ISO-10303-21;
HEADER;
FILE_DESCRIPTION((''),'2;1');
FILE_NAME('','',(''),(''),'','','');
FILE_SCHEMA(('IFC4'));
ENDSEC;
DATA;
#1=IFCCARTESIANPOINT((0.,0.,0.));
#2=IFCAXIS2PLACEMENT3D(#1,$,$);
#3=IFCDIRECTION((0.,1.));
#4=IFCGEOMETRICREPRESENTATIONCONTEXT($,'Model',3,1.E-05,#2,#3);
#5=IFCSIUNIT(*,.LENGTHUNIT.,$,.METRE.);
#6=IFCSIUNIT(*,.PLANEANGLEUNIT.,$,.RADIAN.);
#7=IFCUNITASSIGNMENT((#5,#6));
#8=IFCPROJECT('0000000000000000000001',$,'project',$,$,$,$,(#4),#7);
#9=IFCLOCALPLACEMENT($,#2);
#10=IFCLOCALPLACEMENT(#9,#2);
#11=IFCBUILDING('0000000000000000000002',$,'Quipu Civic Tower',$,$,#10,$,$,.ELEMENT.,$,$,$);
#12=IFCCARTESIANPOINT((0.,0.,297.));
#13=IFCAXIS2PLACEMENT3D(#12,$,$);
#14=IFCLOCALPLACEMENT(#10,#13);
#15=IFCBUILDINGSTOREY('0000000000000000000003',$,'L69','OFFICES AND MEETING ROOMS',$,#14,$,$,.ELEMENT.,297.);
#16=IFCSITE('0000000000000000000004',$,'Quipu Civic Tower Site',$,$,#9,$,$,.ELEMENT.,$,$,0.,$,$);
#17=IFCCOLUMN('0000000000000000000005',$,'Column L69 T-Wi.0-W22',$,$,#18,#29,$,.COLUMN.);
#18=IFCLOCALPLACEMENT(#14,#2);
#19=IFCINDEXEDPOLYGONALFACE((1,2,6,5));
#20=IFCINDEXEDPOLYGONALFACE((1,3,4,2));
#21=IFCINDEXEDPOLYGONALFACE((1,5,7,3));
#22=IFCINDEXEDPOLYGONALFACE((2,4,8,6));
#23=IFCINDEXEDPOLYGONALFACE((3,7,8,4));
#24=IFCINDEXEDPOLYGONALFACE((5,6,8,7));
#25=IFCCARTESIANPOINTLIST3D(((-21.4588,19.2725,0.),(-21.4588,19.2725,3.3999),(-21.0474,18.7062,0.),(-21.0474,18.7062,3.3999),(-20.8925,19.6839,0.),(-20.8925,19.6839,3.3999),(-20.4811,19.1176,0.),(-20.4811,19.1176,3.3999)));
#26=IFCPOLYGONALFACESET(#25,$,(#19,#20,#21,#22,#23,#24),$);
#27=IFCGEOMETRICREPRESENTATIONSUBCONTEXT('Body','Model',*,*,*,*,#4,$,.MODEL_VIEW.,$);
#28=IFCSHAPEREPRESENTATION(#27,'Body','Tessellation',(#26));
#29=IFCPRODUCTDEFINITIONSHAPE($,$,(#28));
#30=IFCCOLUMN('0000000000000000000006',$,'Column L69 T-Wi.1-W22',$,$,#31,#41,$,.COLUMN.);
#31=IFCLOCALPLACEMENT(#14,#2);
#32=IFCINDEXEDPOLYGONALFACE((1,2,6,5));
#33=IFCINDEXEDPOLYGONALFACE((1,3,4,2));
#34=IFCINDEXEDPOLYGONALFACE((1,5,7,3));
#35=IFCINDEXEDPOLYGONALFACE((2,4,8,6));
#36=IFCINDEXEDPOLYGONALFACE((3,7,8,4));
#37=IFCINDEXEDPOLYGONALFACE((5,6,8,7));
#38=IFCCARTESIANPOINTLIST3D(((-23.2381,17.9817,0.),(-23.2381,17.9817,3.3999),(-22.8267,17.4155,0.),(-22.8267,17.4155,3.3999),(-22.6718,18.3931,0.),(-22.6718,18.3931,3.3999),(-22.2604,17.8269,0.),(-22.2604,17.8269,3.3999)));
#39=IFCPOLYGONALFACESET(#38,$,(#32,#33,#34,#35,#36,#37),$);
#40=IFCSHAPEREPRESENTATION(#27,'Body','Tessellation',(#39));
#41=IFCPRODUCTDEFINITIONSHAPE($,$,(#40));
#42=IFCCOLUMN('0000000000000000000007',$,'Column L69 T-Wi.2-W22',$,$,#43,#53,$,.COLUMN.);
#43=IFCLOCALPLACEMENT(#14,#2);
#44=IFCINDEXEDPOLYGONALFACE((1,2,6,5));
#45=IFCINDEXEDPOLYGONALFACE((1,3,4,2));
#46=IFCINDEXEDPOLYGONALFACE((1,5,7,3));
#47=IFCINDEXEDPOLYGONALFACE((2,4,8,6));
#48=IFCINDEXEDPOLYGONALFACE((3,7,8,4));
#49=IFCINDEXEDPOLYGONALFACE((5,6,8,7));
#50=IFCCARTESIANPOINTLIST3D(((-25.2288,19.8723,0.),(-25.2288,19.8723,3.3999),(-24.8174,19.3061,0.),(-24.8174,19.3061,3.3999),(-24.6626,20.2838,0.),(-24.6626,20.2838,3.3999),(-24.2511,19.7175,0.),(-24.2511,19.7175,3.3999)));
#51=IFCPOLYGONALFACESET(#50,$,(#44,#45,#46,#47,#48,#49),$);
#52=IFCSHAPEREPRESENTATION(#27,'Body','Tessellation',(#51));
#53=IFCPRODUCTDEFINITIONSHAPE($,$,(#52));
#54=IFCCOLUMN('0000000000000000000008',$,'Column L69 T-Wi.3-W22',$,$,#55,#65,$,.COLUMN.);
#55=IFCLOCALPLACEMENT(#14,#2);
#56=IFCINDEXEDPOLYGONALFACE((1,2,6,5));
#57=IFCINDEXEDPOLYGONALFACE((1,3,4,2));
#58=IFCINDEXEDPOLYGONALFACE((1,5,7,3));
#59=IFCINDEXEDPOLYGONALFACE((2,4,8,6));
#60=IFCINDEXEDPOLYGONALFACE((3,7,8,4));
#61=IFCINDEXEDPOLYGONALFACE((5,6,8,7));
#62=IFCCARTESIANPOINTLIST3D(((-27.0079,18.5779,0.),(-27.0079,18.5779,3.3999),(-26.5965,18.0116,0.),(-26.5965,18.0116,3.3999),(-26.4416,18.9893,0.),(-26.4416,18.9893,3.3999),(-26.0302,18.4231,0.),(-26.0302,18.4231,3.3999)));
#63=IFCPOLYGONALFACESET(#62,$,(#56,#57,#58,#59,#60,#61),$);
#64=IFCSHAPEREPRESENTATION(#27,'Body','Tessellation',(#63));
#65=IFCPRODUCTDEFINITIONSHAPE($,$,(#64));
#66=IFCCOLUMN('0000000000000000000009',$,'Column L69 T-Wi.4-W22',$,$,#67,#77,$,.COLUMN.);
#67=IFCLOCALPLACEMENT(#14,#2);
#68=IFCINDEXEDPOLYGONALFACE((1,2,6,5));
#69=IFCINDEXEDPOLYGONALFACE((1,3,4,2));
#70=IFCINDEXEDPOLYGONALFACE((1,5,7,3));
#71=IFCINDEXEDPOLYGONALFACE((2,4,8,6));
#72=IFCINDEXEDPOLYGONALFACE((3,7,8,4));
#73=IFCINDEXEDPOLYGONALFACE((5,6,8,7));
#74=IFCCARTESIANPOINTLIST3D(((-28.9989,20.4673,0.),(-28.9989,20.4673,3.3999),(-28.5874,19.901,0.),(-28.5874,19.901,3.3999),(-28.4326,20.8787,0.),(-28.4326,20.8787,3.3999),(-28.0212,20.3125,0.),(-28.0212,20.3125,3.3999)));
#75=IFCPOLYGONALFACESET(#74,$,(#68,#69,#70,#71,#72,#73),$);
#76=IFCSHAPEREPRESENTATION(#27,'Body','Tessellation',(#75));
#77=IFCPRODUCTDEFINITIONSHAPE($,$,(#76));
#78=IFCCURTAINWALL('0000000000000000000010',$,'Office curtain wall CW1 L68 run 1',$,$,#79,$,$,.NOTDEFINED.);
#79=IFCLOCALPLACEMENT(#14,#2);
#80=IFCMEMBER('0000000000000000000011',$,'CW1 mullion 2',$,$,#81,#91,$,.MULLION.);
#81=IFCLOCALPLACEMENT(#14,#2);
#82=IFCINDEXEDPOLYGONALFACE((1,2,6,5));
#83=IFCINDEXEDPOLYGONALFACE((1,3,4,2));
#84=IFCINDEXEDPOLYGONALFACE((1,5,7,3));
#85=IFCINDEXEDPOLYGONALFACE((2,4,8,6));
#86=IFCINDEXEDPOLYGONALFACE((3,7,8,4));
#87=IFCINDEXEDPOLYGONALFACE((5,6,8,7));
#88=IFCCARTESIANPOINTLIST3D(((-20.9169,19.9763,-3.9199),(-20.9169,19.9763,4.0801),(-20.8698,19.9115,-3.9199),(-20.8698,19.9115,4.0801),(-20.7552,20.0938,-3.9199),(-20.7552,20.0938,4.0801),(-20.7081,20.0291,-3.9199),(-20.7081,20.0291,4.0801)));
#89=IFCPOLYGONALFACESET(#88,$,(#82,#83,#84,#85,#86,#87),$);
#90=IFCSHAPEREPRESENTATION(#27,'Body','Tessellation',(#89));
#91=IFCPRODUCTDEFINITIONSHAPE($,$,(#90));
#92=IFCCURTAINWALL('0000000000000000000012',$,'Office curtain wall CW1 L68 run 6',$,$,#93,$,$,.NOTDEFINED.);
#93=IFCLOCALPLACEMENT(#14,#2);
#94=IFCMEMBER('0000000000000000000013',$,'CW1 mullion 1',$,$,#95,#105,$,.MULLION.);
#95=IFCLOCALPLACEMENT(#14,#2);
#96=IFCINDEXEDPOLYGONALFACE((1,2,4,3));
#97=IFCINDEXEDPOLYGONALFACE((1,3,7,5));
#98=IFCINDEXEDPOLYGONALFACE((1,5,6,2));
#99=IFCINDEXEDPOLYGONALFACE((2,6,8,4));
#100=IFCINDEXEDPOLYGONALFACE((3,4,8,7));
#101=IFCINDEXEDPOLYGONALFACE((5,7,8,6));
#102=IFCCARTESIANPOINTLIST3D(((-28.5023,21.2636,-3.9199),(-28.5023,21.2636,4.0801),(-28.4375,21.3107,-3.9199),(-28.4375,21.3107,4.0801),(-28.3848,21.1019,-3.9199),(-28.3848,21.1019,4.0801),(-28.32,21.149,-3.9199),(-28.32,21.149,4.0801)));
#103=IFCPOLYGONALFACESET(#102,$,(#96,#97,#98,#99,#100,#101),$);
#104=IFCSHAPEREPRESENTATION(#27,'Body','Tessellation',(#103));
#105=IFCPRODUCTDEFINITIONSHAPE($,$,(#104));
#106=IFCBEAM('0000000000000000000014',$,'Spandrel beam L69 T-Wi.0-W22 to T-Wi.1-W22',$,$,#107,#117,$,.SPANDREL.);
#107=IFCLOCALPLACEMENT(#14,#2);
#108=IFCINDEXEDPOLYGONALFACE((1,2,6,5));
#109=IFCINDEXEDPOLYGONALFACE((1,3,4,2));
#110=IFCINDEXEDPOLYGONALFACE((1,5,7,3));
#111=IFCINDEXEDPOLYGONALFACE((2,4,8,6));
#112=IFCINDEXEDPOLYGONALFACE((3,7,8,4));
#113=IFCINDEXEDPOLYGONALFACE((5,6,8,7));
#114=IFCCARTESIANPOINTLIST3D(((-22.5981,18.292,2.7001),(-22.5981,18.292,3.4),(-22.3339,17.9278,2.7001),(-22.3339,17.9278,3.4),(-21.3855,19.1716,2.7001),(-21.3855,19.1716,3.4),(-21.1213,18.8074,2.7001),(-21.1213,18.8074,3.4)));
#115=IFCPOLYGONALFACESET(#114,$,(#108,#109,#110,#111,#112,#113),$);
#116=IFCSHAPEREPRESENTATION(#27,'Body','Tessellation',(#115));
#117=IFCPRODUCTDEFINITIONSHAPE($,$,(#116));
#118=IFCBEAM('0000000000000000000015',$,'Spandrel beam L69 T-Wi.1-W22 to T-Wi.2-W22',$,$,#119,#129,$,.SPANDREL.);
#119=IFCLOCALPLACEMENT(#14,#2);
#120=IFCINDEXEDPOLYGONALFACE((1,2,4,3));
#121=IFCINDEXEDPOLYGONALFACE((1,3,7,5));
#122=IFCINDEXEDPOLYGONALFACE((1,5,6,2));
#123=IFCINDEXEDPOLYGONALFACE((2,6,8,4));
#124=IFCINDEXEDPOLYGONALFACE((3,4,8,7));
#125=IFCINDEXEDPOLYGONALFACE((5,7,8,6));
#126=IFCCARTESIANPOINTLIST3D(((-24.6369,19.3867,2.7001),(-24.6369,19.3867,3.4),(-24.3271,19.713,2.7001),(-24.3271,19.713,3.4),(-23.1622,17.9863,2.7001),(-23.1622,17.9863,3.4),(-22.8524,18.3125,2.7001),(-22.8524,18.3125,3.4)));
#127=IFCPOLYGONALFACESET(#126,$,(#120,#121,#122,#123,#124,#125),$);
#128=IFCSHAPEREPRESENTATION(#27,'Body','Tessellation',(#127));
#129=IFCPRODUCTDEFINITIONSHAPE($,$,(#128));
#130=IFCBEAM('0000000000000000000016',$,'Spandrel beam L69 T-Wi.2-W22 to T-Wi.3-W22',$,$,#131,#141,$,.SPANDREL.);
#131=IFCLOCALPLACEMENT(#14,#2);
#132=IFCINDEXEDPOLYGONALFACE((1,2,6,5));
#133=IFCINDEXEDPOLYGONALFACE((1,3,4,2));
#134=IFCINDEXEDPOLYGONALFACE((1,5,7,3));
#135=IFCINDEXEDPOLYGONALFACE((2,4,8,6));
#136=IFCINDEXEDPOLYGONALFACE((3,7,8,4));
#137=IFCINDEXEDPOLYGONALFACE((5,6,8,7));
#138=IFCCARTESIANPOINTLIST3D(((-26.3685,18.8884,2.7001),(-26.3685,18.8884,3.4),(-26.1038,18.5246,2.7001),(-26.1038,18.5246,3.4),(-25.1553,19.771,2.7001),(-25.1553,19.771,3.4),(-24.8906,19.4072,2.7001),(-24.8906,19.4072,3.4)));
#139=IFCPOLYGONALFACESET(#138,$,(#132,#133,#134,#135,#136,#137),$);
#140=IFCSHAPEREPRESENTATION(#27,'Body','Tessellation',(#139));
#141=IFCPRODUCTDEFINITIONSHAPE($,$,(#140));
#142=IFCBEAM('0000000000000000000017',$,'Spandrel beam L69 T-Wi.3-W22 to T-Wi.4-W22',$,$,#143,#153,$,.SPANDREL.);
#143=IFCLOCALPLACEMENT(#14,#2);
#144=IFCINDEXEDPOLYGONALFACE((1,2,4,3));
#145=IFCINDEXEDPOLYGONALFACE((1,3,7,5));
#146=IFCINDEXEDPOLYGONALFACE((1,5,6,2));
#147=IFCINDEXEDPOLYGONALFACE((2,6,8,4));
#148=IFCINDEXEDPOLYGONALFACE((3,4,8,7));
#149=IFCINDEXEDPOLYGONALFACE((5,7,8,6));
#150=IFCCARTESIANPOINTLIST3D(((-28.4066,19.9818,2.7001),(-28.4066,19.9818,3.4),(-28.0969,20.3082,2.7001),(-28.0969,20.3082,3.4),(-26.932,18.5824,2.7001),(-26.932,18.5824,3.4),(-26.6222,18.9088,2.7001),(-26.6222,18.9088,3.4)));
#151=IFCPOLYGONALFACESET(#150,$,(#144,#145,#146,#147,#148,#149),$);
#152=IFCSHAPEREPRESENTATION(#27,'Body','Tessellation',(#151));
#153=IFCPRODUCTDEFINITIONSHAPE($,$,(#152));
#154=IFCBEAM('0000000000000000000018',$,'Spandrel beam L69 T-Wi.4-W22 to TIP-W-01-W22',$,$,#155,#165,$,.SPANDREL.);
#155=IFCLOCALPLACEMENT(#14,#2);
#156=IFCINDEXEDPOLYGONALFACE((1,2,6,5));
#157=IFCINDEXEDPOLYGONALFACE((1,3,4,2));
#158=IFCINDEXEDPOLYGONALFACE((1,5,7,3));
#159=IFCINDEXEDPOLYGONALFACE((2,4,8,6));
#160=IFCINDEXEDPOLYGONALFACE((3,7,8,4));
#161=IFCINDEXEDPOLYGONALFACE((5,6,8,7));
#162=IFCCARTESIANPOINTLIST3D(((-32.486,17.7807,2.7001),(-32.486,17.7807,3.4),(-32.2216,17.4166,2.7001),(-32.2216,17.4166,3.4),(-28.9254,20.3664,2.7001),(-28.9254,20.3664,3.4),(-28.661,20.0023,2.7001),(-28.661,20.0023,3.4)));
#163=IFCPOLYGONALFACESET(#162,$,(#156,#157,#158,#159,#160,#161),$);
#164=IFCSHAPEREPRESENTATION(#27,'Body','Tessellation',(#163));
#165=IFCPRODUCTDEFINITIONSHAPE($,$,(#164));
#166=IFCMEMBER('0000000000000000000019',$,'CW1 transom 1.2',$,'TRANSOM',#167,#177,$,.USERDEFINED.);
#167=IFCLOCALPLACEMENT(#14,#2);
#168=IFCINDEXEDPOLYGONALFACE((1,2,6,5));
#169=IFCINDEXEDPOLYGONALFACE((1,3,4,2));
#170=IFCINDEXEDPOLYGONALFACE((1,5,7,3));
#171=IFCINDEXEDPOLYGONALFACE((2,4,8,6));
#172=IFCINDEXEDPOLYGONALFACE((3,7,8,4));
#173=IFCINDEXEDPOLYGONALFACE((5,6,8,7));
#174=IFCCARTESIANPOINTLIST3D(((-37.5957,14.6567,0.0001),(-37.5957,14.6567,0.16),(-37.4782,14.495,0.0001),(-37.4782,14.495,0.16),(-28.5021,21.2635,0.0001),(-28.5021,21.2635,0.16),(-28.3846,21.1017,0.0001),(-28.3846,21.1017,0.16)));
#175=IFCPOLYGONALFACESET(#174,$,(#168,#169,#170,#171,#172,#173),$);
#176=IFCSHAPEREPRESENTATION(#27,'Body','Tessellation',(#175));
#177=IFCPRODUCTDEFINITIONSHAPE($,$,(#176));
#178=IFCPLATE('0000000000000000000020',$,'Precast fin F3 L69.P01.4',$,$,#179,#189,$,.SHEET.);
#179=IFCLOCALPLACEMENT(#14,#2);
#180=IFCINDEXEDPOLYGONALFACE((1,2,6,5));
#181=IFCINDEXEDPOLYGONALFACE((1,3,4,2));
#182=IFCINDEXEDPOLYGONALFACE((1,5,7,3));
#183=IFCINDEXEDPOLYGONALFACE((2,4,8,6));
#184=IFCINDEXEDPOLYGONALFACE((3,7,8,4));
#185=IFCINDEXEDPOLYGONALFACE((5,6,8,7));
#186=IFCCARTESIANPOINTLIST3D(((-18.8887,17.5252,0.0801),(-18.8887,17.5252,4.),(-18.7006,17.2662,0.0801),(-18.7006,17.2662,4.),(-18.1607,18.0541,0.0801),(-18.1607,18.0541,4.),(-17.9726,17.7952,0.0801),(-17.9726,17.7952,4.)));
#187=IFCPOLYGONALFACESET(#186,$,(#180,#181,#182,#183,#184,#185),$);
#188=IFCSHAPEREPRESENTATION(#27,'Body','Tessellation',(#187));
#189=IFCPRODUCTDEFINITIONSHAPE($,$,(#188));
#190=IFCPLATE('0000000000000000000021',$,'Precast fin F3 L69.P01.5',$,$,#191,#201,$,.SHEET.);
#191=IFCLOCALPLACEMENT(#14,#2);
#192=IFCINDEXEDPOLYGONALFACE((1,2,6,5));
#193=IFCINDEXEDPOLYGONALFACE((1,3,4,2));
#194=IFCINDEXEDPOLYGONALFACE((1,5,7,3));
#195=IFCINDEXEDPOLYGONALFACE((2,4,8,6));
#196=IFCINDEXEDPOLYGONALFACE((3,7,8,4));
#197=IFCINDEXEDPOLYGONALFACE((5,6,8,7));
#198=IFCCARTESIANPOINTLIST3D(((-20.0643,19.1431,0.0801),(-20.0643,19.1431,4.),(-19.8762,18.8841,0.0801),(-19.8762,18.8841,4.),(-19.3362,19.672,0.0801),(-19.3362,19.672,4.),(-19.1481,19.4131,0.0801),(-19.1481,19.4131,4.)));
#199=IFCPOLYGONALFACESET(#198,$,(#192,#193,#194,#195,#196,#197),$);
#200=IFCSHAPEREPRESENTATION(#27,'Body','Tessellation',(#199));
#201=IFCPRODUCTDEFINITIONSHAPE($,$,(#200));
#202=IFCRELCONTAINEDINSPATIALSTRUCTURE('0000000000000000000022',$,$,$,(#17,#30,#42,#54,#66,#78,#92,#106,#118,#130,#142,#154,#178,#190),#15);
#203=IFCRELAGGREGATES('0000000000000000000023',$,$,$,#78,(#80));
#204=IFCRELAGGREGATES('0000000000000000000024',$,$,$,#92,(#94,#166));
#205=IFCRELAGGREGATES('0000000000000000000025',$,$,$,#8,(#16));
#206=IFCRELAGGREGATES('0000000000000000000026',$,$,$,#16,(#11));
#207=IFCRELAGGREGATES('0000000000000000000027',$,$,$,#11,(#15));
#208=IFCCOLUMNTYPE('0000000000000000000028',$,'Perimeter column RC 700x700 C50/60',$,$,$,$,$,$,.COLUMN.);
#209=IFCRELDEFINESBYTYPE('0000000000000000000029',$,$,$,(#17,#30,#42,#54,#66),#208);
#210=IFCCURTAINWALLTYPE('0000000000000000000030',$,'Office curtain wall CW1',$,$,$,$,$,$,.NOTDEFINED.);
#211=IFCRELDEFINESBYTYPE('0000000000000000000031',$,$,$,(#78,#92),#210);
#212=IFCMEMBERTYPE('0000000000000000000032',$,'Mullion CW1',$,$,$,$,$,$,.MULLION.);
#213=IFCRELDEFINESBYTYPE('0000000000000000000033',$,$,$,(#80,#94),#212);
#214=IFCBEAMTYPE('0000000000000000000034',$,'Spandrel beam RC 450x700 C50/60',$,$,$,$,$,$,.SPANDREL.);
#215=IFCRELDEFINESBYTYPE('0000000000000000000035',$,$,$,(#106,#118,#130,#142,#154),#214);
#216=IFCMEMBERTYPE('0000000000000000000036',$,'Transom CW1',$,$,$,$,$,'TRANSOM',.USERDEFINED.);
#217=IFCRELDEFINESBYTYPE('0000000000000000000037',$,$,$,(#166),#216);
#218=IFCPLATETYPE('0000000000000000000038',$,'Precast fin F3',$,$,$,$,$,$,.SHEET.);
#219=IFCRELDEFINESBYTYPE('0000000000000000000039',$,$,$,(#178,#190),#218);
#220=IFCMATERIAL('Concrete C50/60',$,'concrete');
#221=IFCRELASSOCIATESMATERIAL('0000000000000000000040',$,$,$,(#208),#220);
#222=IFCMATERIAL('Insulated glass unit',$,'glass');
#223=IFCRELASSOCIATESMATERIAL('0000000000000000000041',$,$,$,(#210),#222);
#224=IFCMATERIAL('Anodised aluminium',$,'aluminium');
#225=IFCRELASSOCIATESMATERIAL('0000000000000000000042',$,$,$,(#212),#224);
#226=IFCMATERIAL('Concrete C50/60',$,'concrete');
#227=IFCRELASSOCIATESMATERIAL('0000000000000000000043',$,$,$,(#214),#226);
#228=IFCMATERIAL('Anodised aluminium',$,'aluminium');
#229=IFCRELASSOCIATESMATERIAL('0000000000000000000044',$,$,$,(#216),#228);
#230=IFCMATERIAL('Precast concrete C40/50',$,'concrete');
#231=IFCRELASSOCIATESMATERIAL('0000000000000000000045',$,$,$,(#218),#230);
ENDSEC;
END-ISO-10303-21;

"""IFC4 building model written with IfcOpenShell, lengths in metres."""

from ifc_helpers import new_model, si_unit, direction, frame, origin, origin_2d, place, context, subcontext, project, spatial, rectangle, extrude, material, material_profile, profile_set, type_object, element, aggregate, save


model = new_model("IFC4")

# Units and contexts
model_context = context("Model", 3, precision=1e-05, world=origin(), true_north=direction((0.0, 1.0)))
body_context = subcontext(model_context, "Body", "Model", "MODEL_VIEW")
ifc_project = project(units=[si_unit("LENGTHUNIT", "METRE"), si_unit("PLANEANGLEUNIT", "RADIAN")], contexts=[model_context])

# Site, building, storey
site_placement = place(None, origin())
site = spatial("IfcSite", under=ifc_project, at=site_placement, Name="Quipu Civic Tower Site", CompositionType="ELEMENT", RefElevation=0.0)
building_placement = place(site_placement, origin())
building = spatial("IfcBuilding", under=site, at=building_placement, Name="Quipu Civic Tower", CompositionType="ELEMENT")
storey_placement = place(building_placement, frame((0.0, 0.0, 297.0)))
storey = spatial("IfcBuildingStorey", under=building, at=storey_placement, Name="L69", Description="OFFICES AND MEETING ROOMS", CompositionType="ELEMENT", Elevation=297.0)

# Columns
ifc_material_1 = material(Name="Concrete C50/60", Category="concrete")
ifc_material_profile_1 = material_profile(ifc_material_1, rectangle(XDim=0.7, YDim=0.7, at=origin_2d()), Name="RC700x700")
ifc_profile_set_1 = profile_set([ifc_material_profile_1], Name="Concrete C50/60")
column_type = type_object("IfcColumnType", Name="Perimeter column RC 700x700 C50/60", PredefinedType="COLUMN", material=ifc_profile_set_1)
for number, where, z_axis, x_axis, name in (
    (1, (-20.97, 19.1951, 0.0), (0.0, 0.0, 1.0), (-0.587785, 0.809017, 0.0), "Column L69 T-Wi.0-W22"),
    (2, (-22.7493, 17.9043, 0.0), (0.0, 0.0, 1.0), (-0.587785, 0.809017, 0.0), "Column L69 T-Wi.1-W22"),
    (3, (-24.74, 19.7949, 0.0), (0.0, 0.0, 1.0), (-0.587785, 0.809017, 0.0), "Column L69 T-Wi.2-W22"),
    (4, (-26.519, 18.5005, 0.0), (0.0, 0.0, 1.0), (-0.587785, 0.809017, 0.0), "Column L69 T-Wi.3-W22"),
    (5, (-28.51, 20.3899, 0.0), (0.0, 0.0, 1.0), (-0.809017, -0.587785, 0.0), "Column L69 T-Wi.4-W22"),
):
    element("IfcColumn", number, at=place(storey_placement, frame(where, z_axis=z_axis, x_axis=x_axis)), inside=storey, type_object=column_type, Name=name, PredefinedType="COLUMN", context=body_context, shape_type="SweptSolid", body=[
        extrude(rectangle(XDim=0.7, YDim=0.7, at=origin_2d()), origin(), (0.0, 0.0, 1.0), 3.3999),
    ])

# Curtain walls, members
ifc_material_2 = material(Name="Insulated glass unit", Category="glass")
curtain_wall_type = type_object("IfcCurtainWallType", Name="Office curtain wall CW1", PredefinedType="NOTDEFINED", material=ifc_material_2)
curtain_wall_1_placement = place(storey_placement, origin())
curtain_wall_1 = element("IfcCurtainWall", 6, at=curtain_wall_1_placement, inside=storey, type_object=curtain_wall_type, Name="Office curtain wall CW1 L68 run 1", PredefinedType="NOTDEFINED")
ifc_material_3 = material(Name="Anodised aluminium", Category="aluminium")
ifc_material_profile_2 = material_profile(ifc_material_3, rectangle(XDim=0.2, YDim=0.0801, at=origin_2d()), Name="RECT 200x80")
ifc_profile_set_2 = profile_set([ifc_material_profile_2], Name="Anodised aluminium")
member_type_1 = type_object("IfcMemberType", Name="Mullion CW1", PredefinedType="MULLION", material=ifc_profile_set_2)
member_1_placement = place(storey_placement, frame((-20.8125, 20.0027, -3.9199), z_axis=(0.0, 0.0, 1.0), x_axis=(-0.809015, -0.587788, 0.0)))
member_1 = element("IfcMember", 7, at=member_1_placement, type_object=member_type_1, Name="CW1 mullion 2", PredefinedType="MULLION", context=body_context, shape_type="SweptSolid", body=[
    extrude(rectangle(XDim=0.2, YDim=0.0801, at=origin_2d()), origin(), (0.0, 0.0, 1.0), 8.0),
])
aggregate(curtain_wall_1, [member_1])
curtain_wall_2_placement = place(storey_placement, origin())
curtain_wall_2 = element("IfcCurtainWall", 8, at=curtain_wall_2_placement, inside=storey, type_object=curtain_wall_type, Name="Office curtain wall CW1 L68 run 6", PredefinedType="NOTDEFINED")
member_2_placement = place(storey_placement, frame((-28.4111, 21.2063, -3.9199), z_axis=(0.0, 0.0, 1.0), x_axis=(0.587788, -0.809015, 0.0)))
member_2 = element("IfcMember", 9, at=member_2_placement, type_object=member_type_1, Name="CW1 mullion 1", PredefinedType="MULLION", context=body_context, shape_type="SweptSolid", body=[
    extrude(rectangle(XDim=0.2, YDim=0.0801, at=origin_2d()), origin(), (0.0, 0.0, 1.0), 8.0),
])

# Beams
ifc_material_4 = material(Name="Concrete C50/60", Category="concrete")
ifc_material_profile_3 = material_profile(ifc_material_4, rectangle(XDim=0.45, YDim=0.7, at=origin_2d()), Name="RC450x700")
ifc_profile_set_3 = profile_set([ifc_material_profile_3], Name="Concrete C50/60")
beam_type = type_object("IfcBeamType", Name="Spandrel beam RC 450x700 C50/60", PredefinedType="SPANDREL", material=ifc_profile_set_3)
beam_1_placement = place(storey_placement, frame((-21.2534, 18.9895, 3.05), z_axis=(-0.809461, -0.587173, 0.0), x_axis=(0.587173, -0.809461, 0.0)))
element("IfcBeam", 10, at=beam_1_placement, inside=storey, type_object=beam_type, Name="Spandrel beam L69 T-Wi.0-W22 to T-Wi.1-W22", PredefinedType="SPANDREL", context=body_context, shape_type="SweptSolid", body=[
    extrude(rectangle(XDim=0.45, YDim=0.7, at=origin_2d()), origin(), (0.0, 0.0, 1.0), 1.498),
])
beam_2_placement = place(storey_placement, frame((-23.0073, 18.1494, 3.05), z_axis=(-0.725119, 0.688623, 0.0), x_axis=(-0.688623, -0.725119, 0.0)))
element("IfcBeam", 11, at=beam_2_placement, inside=storey, type_object=beam_type, Name="Spandrel beam L69 T-Wi.1-W22 to T-Wi.2-W22", PredefinedType="SPANDREL", context=body_context, shape_type="SweptSolid", body=[
    extrude(rectangle(XDim=0.45, YDim=0.7, at=origin_2d()), origin(), (0.0, 0.0, 1.0), 2.0337),
])
beam_3_placement = place(storey_placement, frame((-25.0229, 19.5891, 3.05), z_axis=(-0.808645, -0.588297, 0.0), x_axis=(0.588297, -0.808645, 0.0)))
element("IfcBeam", 12, at=beam_3_placement, inside=storey, type_object=beam_type, Name="Spandrel beam L69 T-Wi.2-W22 to T-Wi.3-W22", PredefinedType="SPANDREL", context=body_context, shape_type="SweptSolid", body=[
    extrude(rectangle(XDim=0.45, YDim=0.7, at=origin_2d()), origin(), (0.0, 0.0, 1.0), 1.5002),
])
beam_4_placement = place(storey_placement, frame((-26.7771, 18.7456, 3.05), z_axis=(-0.725359, 0.688371, 0.0), x_axis=(-0.688371, -0.725359, 0.0)))
element("IfcBeam", 13, at=beam_4_placement, inside=storey, type_object=beam_type, Name="Spandrel beam L69 T-Wi.3-W22 to T-Wi.4-W22", PredefinedType="SPANDREL", context=body_context, shape_type="SweptSolid", body=[
    extrude(rectangle(XDim=0.45, YDim=0.7, at=origin_2d()), origin(), (0.0, 0.0, 1.0), 2.033),
])
beam_5_placement = place(storey_placement, frame((-28.7932, 20.1843, 3.05), z_axis=(-0.809146, -0.587607, 0.0), x_axis=(0.587607, -0.809146, 0.0)))
element("IfcBeam", 14, at=beam_5_placement, inside=storey, type_object=beam_type, Name="Spandrel beam L69 T-Wi.4-W22 to TIP-W-01-W22", PredefinedType="SPANDREL", context=body_context, shape_type="SweptSolid", body=[
    extrude(rectangle(XDim=0.45, YDim=0.7, at=origin_2d()), origin(), (0.0, 0.0, 1.0), 4.4004),
])

# Member
ifc_material_5 = material(Name="Anodised aluminium", Category="aluminium")
ifc_material_profile_4 = material_profile(ifc_material_5, rectangle(XDim=0.2, YDim=0.1599, at=origin_2d()), Name="RECT 200x160")
ifc_profile_set_4 = profile_set([ifc_material_profile_4], Name="Anodised aluminium")
member_type_2 = type_object("IfcMemberType", Name="Transom CW1", ElementType="TRANSOM", PredefinedType="USERDEFINED", material=ifc_profile_set_4)
member_3_placement = place(storey_placement, frame((-28.4434, 21.1826, 0.0801), z_axis=(-0.809022, -0.587778, 0.0), x_axis=(0.587778, -0.809022, 0.0)))
member_3 = element("IfcMember", 15, at=member_3_placement, type_object=member_type_2, Name="CW1 transom 1.2", ObjectType="TRANSOM", PredefinedType="USERDEFINED", context=body_context, shape_type="SweptSolid", body=[
    extrude(rectangle(XDim=0.2, YDim=0.1599, at=origin_2d()), origin(), (0.0, 0.0, 1.0), 11.2402),
])
aggregate(curtain_wall_2, [member_2, member_3])

# Plates
ifc_material_6 = material(Name="Precast concrete C40/50", Category="concrete")
plate_type = type_object("IfcPlateType", Name="Precast fin F3", PredefinedType="SHEET", material=ifc_material_6)
for number, where, z_axis, x_axis, name in (
    (16, (-18.4307, 17.6602, 0.0801), (0.0, 0.0, 1.0), (-0.587784, 0.809018, 0.0), "Precast fin F3 L69.P01.4"),
    (17, (-19.6062, 19.2781, 0.0801), (0.0, 0.0, 1.0), (-0.587784, 0.809018, 0.0), "Precast fin F3 L69.P01.5"),
):
    element("IfcPlate", number, at=place(storey_placement, frame(where, z_axis=z_axis, x_axis=x_axis)), inside=storey, type_object=plate_type, Name=name, PredefinedType="SHEET", context=body_context, shape_type="SweptSolid", body=[
        extrude(rectangle(XDim=0.3201, YDim=0.8999, at=origin_2d()), origin(), (0.0, 0.0, 1.0), 3.9199),
    ])

save(model, "model.ifc")
